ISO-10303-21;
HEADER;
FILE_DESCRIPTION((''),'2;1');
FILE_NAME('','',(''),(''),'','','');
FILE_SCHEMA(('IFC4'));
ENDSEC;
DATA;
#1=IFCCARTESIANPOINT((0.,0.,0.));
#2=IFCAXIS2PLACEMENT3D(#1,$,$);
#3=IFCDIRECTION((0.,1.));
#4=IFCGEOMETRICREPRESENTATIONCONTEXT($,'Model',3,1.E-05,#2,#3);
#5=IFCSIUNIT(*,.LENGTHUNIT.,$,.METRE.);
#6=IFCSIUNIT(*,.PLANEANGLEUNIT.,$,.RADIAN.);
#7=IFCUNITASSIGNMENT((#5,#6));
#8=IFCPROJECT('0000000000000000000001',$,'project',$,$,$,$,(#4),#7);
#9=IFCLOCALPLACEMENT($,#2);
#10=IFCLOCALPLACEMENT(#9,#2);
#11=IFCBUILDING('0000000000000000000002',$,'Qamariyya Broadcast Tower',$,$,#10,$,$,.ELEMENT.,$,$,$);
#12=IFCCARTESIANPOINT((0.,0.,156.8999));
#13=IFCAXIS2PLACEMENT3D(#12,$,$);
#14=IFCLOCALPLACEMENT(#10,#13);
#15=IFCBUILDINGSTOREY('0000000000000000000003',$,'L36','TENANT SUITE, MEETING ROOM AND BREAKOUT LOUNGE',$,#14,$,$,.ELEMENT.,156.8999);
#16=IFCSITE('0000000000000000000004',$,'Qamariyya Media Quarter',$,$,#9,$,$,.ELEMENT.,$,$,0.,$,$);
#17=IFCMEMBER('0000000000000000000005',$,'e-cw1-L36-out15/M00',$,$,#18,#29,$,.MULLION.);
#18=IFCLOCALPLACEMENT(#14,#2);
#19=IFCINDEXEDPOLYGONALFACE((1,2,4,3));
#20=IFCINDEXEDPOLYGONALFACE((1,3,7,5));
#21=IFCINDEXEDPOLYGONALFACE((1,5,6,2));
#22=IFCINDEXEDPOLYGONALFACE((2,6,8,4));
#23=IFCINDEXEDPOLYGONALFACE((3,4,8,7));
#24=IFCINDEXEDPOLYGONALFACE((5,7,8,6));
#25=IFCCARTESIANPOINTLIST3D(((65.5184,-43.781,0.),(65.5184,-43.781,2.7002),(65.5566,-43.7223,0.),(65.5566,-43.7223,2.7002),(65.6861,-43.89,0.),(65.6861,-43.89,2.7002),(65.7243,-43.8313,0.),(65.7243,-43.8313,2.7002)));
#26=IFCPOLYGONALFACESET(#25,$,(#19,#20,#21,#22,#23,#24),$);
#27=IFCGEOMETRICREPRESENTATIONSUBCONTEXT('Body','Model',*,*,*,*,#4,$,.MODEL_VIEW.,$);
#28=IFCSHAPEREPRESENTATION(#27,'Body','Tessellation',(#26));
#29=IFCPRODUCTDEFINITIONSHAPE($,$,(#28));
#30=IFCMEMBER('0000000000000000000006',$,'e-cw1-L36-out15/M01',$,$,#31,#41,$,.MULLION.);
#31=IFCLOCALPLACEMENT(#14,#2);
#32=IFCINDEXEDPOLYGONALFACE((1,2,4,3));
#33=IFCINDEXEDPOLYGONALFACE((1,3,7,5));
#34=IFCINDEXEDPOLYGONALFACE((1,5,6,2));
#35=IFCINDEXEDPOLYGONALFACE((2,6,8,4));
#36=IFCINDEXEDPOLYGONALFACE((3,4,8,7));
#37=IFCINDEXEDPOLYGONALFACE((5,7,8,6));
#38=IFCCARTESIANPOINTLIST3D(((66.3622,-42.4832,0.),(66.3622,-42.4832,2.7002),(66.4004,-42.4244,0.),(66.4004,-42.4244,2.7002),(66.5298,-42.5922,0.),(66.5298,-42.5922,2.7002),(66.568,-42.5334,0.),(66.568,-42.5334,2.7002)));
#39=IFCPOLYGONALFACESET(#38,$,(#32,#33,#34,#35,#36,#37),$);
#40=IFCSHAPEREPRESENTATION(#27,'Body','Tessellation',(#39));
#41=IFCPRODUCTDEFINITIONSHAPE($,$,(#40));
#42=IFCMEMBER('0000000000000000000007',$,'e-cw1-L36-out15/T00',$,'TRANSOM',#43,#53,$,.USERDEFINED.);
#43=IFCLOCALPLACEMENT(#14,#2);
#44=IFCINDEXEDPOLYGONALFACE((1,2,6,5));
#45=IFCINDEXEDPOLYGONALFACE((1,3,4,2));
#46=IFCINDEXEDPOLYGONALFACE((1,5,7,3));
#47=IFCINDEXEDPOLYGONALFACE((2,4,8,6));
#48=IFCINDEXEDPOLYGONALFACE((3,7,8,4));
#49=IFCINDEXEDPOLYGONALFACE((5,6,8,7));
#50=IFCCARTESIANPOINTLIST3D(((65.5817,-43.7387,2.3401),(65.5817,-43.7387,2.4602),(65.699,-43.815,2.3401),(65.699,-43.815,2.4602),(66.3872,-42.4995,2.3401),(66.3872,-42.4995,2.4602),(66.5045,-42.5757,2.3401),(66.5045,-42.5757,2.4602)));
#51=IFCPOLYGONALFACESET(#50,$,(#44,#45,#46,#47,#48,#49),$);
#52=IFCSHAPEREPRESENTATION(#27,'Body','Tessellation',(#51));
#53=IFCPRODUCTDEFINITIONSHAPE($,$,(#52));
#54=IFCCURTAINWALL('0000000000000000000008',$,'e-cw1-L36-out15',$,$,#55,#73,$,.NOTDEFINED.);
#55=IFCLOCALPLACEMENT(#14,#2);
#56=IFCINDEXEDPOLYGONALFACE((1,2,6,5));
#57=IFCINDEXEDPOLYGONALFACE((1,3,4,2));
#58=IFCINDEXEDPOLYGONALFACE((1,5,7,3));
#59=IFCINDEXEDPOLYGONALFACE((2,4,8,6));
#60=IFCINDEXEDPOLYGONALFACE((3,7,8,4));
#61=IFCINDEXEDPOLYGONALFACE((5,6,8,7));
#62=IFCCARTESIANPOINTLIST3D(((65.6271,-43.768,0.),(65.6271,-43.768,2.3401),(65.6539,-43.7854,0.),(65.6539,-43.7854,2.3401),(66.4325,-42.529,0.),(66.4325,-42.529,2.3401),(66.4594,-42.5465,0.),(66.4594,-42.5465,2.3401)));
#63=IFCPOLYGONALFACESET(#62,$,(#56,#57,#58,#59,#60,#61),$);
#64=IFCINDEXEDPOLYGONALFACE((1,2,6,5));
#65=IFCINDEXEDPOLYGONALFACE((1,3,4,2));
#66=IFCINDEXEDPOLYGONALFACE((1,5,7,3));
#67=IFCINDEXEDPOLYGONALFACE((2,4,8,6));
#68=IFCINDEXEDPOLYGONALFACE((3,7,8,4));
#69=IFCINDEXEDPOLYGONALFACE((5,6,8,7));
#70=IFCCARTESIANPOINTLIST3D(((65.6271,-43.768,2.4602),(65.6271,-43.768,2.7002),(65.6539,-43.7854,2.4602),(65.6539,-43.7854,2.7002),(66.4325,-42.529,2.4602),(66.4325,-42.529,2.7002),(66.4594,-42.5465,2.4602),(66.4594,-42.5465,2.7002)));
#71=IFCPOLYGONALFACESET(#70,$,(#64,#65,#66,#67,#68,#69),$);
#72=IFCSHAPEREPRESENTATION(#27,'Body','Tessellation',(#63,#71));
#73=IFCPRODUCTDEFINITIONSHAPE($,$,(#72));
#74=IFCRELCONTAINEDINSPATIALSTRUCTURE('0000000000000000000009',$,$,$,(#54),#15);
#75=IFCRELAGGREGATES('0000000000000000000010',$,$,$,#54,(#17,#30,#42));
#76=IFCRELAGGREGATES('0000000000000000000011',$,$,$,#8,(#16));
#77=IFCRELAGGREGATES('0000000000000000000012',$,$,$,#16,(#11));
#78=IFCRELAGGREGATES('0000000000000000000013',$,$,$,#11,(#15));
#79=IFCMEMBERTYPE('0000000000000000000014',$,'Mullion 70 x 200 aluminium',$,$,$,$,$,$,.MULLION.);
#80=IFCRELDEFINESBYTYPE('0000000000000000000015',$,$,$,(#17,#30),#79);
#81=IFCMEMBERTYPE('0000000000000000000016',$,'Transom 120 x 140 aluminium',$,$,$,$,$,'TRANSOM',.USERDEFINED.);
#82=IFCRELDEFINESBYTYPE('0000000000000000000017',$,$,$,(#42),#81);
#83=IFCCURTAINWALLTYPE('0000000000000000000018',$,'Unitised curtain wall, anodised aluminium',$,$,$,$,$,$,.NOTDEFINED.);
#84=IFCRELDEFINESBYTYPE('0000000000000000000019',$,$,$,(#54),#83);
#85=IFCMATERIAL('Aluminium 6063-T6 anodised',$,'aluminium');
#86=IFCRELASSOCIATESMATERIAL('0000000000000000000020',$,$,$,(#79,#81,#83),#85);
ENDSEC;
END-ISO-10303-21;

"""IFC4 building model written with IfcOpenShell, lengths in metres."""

from ifc_helpers import new_model, si_unit, direction, frame, origin, origin_2d, place, context, subcontext, project, spatial, rectangle, extrude, material, material_profile, profile_set, type_object, element, aggregate, save


model = new_model("IFC4")

# Units and contexts
model_context = context("Model", 3, precision=1e-05, world=origin(), true_north=direction((0.0, 1.0)))
body_context = subcontext(model_context, "Body", "Model", "MODEL_VIEW")
ifc_project = project(units=[si_unit("LENGTHUNIT", "METRE"), si_unit("PLANEANGLEUNIT", "RADIAN")], contexts=[model_context])

# Members
ifc_material = material(Name="Aluminium 6063-T6 anodised", Category="aluminium")
ifc_material_profile_1 = material_profile(ifc_material, rectangle(XDim=0.2, YDim=0.0701, at=origin_2d()))
ifc_profile_set_1 = profile_set([ifc_material_profile_1], Name="Aluminium 6063-T6 anodised")
member_type_1 = type_object("IfcMemberType", Name="Mullion 70 x 200 aluminium", PredefinedType="MULLION", material=ifc_profile_set_1)
site_placement = place(None, origin())
building_placement = place(site_placement, origin())
storey_placement = place(building_placement, frame((0.0, 0.0, 156.8999)))
member_1_placement = place(storey_placement, frame((65.6213, -43.8062, 0.0), z_axis=(0.0, 0.0, 1.0), x_axis=(-0.838446, 0.544985, 0.0)))
member_1 = element("IfcMember", 1, at=member_1_placement, type_object=member_type_1, Name="e-cw1-L36-out15/M00", PredefinedType="MULLION", context=body_context, shape_type="SweptSolid", body=[
    extrude(rectangle(XDim=0.2, YDim=0.0701, at=origin_2d()), origin(), (0.0, 0.0, 1.0), 2.7002),
])
member_2_placement = place(storey_placement, frame((66.4651, -42.5083, 0.0), z_axis=(0.0, 0.0, 1.0), x_axis=(-0.838446, 0.544985, 0.0)))
member_2 = element("IfcMember", 2, at=member_2_placement, type_object=member_type_1, Name="e-cw1-L36-out15/M01", PredefinedType="MULLION", context=body_context, shape_type="SweptSolid", body=[
    extrude(rectangle(XDim=0.2, YDim=0.0701, at=origin_2d()), origin(), (0.0, 0.0, 1.0), 2.7002),
])
ifc_material_profile_2 = material_profile(ifc_material, rectangle(XDim=0.1399, YDim=0.1201, at=origin_2d()))
ifc_profile_set_2 = profile_set([ifc_material_profile_2], Name="Aluminium 6063-T6 anodised")
member_type_2 = type_object("IfcMemberType", Name="Transom 120 x 140 aluminium", ElementType="TRANSOM", PredefinedType="USERDEFINED", material=ifc_profile_set_2)
member_3_placement = place(storey_placement, frame((65.6404, -43.7769, 2.4001), z_axis=(0.544942, 0.838474, 0.0), x_axis=(-0.838474, 0.544942, 0.0)))
member_3 = element("IfcMember", 3, at=member_3_placement, type_object=member_type_2, Name="e-cw1-L36-out15/T00", ObjectType="TRANSOM", PredefinedType="USERDEFINED", context=body_context, shape_type="SweptSolid", body=[
    extrude(rectangle(XDim=0.1399, YDim=0.1201, at=origin_2d()), origin(), (0.0, 0.0, 1.0), 1.478),
])

# Site, building, storey
site = spatial("IfcSite", under=ifc_project, at=site_placement, Name="Qamariyya Media Quarter", CompositionType="ELEMENT", RefElevation=0.0)
building = spatial("IfcBuilding", under=site, at=building_placement, Name="Qamariyya Broadcast Tower", CompositionType="ELEMENT")
storey = spatial("IfcBuildingStorey", under=building, at=storey_placement, Name="L36", Description="TENANT SUITE, MEETING ROOM AND BREAKOUT LOUNGE", CompositionType="ELEMENT", Elevation=156.8999)

# Curtain wall
curtain_wall_type = type_object("IfcCurtainWallType", Name="Unitised curtain wall, anodised aluminium", PredefinedType="NOTDEFINED", material=ifc_material)
curtain_wall_1_placement = place(storey_placement, origin())
curtain_wall_1 = element("IfcCurtainWall", 4, at=curtain_wall_1_placement, inside=storey, type_object=curtain_wall_type, Name="e-cw1-L36-out15", PredefinedType="NOTDEFINED", context=body_context, shape_type="SweptSolid", body=[
    extrude(rectangle(XDim=1.4778, YDim=0.032, at=origin_2d()), frame((66.0432, -43.1572, 0.0), x_axis=(0.545052, 0.838402, 0.0)), (0.0, 0.0, 1.0), 2.3401),
    extrude(rectangle(XDim=1.4778, YDim=0.032, at=origin_2d()), frame((66.0432, -43.1572, 2.4602), x_axis=(0.545052, 0.838402, 0.0)), (0.0, 0.0, 1.0), 0.24),
])
aggregate(curtain_wall_1, [member_1, member_2, member_3])

save(model, "model.ifc")
